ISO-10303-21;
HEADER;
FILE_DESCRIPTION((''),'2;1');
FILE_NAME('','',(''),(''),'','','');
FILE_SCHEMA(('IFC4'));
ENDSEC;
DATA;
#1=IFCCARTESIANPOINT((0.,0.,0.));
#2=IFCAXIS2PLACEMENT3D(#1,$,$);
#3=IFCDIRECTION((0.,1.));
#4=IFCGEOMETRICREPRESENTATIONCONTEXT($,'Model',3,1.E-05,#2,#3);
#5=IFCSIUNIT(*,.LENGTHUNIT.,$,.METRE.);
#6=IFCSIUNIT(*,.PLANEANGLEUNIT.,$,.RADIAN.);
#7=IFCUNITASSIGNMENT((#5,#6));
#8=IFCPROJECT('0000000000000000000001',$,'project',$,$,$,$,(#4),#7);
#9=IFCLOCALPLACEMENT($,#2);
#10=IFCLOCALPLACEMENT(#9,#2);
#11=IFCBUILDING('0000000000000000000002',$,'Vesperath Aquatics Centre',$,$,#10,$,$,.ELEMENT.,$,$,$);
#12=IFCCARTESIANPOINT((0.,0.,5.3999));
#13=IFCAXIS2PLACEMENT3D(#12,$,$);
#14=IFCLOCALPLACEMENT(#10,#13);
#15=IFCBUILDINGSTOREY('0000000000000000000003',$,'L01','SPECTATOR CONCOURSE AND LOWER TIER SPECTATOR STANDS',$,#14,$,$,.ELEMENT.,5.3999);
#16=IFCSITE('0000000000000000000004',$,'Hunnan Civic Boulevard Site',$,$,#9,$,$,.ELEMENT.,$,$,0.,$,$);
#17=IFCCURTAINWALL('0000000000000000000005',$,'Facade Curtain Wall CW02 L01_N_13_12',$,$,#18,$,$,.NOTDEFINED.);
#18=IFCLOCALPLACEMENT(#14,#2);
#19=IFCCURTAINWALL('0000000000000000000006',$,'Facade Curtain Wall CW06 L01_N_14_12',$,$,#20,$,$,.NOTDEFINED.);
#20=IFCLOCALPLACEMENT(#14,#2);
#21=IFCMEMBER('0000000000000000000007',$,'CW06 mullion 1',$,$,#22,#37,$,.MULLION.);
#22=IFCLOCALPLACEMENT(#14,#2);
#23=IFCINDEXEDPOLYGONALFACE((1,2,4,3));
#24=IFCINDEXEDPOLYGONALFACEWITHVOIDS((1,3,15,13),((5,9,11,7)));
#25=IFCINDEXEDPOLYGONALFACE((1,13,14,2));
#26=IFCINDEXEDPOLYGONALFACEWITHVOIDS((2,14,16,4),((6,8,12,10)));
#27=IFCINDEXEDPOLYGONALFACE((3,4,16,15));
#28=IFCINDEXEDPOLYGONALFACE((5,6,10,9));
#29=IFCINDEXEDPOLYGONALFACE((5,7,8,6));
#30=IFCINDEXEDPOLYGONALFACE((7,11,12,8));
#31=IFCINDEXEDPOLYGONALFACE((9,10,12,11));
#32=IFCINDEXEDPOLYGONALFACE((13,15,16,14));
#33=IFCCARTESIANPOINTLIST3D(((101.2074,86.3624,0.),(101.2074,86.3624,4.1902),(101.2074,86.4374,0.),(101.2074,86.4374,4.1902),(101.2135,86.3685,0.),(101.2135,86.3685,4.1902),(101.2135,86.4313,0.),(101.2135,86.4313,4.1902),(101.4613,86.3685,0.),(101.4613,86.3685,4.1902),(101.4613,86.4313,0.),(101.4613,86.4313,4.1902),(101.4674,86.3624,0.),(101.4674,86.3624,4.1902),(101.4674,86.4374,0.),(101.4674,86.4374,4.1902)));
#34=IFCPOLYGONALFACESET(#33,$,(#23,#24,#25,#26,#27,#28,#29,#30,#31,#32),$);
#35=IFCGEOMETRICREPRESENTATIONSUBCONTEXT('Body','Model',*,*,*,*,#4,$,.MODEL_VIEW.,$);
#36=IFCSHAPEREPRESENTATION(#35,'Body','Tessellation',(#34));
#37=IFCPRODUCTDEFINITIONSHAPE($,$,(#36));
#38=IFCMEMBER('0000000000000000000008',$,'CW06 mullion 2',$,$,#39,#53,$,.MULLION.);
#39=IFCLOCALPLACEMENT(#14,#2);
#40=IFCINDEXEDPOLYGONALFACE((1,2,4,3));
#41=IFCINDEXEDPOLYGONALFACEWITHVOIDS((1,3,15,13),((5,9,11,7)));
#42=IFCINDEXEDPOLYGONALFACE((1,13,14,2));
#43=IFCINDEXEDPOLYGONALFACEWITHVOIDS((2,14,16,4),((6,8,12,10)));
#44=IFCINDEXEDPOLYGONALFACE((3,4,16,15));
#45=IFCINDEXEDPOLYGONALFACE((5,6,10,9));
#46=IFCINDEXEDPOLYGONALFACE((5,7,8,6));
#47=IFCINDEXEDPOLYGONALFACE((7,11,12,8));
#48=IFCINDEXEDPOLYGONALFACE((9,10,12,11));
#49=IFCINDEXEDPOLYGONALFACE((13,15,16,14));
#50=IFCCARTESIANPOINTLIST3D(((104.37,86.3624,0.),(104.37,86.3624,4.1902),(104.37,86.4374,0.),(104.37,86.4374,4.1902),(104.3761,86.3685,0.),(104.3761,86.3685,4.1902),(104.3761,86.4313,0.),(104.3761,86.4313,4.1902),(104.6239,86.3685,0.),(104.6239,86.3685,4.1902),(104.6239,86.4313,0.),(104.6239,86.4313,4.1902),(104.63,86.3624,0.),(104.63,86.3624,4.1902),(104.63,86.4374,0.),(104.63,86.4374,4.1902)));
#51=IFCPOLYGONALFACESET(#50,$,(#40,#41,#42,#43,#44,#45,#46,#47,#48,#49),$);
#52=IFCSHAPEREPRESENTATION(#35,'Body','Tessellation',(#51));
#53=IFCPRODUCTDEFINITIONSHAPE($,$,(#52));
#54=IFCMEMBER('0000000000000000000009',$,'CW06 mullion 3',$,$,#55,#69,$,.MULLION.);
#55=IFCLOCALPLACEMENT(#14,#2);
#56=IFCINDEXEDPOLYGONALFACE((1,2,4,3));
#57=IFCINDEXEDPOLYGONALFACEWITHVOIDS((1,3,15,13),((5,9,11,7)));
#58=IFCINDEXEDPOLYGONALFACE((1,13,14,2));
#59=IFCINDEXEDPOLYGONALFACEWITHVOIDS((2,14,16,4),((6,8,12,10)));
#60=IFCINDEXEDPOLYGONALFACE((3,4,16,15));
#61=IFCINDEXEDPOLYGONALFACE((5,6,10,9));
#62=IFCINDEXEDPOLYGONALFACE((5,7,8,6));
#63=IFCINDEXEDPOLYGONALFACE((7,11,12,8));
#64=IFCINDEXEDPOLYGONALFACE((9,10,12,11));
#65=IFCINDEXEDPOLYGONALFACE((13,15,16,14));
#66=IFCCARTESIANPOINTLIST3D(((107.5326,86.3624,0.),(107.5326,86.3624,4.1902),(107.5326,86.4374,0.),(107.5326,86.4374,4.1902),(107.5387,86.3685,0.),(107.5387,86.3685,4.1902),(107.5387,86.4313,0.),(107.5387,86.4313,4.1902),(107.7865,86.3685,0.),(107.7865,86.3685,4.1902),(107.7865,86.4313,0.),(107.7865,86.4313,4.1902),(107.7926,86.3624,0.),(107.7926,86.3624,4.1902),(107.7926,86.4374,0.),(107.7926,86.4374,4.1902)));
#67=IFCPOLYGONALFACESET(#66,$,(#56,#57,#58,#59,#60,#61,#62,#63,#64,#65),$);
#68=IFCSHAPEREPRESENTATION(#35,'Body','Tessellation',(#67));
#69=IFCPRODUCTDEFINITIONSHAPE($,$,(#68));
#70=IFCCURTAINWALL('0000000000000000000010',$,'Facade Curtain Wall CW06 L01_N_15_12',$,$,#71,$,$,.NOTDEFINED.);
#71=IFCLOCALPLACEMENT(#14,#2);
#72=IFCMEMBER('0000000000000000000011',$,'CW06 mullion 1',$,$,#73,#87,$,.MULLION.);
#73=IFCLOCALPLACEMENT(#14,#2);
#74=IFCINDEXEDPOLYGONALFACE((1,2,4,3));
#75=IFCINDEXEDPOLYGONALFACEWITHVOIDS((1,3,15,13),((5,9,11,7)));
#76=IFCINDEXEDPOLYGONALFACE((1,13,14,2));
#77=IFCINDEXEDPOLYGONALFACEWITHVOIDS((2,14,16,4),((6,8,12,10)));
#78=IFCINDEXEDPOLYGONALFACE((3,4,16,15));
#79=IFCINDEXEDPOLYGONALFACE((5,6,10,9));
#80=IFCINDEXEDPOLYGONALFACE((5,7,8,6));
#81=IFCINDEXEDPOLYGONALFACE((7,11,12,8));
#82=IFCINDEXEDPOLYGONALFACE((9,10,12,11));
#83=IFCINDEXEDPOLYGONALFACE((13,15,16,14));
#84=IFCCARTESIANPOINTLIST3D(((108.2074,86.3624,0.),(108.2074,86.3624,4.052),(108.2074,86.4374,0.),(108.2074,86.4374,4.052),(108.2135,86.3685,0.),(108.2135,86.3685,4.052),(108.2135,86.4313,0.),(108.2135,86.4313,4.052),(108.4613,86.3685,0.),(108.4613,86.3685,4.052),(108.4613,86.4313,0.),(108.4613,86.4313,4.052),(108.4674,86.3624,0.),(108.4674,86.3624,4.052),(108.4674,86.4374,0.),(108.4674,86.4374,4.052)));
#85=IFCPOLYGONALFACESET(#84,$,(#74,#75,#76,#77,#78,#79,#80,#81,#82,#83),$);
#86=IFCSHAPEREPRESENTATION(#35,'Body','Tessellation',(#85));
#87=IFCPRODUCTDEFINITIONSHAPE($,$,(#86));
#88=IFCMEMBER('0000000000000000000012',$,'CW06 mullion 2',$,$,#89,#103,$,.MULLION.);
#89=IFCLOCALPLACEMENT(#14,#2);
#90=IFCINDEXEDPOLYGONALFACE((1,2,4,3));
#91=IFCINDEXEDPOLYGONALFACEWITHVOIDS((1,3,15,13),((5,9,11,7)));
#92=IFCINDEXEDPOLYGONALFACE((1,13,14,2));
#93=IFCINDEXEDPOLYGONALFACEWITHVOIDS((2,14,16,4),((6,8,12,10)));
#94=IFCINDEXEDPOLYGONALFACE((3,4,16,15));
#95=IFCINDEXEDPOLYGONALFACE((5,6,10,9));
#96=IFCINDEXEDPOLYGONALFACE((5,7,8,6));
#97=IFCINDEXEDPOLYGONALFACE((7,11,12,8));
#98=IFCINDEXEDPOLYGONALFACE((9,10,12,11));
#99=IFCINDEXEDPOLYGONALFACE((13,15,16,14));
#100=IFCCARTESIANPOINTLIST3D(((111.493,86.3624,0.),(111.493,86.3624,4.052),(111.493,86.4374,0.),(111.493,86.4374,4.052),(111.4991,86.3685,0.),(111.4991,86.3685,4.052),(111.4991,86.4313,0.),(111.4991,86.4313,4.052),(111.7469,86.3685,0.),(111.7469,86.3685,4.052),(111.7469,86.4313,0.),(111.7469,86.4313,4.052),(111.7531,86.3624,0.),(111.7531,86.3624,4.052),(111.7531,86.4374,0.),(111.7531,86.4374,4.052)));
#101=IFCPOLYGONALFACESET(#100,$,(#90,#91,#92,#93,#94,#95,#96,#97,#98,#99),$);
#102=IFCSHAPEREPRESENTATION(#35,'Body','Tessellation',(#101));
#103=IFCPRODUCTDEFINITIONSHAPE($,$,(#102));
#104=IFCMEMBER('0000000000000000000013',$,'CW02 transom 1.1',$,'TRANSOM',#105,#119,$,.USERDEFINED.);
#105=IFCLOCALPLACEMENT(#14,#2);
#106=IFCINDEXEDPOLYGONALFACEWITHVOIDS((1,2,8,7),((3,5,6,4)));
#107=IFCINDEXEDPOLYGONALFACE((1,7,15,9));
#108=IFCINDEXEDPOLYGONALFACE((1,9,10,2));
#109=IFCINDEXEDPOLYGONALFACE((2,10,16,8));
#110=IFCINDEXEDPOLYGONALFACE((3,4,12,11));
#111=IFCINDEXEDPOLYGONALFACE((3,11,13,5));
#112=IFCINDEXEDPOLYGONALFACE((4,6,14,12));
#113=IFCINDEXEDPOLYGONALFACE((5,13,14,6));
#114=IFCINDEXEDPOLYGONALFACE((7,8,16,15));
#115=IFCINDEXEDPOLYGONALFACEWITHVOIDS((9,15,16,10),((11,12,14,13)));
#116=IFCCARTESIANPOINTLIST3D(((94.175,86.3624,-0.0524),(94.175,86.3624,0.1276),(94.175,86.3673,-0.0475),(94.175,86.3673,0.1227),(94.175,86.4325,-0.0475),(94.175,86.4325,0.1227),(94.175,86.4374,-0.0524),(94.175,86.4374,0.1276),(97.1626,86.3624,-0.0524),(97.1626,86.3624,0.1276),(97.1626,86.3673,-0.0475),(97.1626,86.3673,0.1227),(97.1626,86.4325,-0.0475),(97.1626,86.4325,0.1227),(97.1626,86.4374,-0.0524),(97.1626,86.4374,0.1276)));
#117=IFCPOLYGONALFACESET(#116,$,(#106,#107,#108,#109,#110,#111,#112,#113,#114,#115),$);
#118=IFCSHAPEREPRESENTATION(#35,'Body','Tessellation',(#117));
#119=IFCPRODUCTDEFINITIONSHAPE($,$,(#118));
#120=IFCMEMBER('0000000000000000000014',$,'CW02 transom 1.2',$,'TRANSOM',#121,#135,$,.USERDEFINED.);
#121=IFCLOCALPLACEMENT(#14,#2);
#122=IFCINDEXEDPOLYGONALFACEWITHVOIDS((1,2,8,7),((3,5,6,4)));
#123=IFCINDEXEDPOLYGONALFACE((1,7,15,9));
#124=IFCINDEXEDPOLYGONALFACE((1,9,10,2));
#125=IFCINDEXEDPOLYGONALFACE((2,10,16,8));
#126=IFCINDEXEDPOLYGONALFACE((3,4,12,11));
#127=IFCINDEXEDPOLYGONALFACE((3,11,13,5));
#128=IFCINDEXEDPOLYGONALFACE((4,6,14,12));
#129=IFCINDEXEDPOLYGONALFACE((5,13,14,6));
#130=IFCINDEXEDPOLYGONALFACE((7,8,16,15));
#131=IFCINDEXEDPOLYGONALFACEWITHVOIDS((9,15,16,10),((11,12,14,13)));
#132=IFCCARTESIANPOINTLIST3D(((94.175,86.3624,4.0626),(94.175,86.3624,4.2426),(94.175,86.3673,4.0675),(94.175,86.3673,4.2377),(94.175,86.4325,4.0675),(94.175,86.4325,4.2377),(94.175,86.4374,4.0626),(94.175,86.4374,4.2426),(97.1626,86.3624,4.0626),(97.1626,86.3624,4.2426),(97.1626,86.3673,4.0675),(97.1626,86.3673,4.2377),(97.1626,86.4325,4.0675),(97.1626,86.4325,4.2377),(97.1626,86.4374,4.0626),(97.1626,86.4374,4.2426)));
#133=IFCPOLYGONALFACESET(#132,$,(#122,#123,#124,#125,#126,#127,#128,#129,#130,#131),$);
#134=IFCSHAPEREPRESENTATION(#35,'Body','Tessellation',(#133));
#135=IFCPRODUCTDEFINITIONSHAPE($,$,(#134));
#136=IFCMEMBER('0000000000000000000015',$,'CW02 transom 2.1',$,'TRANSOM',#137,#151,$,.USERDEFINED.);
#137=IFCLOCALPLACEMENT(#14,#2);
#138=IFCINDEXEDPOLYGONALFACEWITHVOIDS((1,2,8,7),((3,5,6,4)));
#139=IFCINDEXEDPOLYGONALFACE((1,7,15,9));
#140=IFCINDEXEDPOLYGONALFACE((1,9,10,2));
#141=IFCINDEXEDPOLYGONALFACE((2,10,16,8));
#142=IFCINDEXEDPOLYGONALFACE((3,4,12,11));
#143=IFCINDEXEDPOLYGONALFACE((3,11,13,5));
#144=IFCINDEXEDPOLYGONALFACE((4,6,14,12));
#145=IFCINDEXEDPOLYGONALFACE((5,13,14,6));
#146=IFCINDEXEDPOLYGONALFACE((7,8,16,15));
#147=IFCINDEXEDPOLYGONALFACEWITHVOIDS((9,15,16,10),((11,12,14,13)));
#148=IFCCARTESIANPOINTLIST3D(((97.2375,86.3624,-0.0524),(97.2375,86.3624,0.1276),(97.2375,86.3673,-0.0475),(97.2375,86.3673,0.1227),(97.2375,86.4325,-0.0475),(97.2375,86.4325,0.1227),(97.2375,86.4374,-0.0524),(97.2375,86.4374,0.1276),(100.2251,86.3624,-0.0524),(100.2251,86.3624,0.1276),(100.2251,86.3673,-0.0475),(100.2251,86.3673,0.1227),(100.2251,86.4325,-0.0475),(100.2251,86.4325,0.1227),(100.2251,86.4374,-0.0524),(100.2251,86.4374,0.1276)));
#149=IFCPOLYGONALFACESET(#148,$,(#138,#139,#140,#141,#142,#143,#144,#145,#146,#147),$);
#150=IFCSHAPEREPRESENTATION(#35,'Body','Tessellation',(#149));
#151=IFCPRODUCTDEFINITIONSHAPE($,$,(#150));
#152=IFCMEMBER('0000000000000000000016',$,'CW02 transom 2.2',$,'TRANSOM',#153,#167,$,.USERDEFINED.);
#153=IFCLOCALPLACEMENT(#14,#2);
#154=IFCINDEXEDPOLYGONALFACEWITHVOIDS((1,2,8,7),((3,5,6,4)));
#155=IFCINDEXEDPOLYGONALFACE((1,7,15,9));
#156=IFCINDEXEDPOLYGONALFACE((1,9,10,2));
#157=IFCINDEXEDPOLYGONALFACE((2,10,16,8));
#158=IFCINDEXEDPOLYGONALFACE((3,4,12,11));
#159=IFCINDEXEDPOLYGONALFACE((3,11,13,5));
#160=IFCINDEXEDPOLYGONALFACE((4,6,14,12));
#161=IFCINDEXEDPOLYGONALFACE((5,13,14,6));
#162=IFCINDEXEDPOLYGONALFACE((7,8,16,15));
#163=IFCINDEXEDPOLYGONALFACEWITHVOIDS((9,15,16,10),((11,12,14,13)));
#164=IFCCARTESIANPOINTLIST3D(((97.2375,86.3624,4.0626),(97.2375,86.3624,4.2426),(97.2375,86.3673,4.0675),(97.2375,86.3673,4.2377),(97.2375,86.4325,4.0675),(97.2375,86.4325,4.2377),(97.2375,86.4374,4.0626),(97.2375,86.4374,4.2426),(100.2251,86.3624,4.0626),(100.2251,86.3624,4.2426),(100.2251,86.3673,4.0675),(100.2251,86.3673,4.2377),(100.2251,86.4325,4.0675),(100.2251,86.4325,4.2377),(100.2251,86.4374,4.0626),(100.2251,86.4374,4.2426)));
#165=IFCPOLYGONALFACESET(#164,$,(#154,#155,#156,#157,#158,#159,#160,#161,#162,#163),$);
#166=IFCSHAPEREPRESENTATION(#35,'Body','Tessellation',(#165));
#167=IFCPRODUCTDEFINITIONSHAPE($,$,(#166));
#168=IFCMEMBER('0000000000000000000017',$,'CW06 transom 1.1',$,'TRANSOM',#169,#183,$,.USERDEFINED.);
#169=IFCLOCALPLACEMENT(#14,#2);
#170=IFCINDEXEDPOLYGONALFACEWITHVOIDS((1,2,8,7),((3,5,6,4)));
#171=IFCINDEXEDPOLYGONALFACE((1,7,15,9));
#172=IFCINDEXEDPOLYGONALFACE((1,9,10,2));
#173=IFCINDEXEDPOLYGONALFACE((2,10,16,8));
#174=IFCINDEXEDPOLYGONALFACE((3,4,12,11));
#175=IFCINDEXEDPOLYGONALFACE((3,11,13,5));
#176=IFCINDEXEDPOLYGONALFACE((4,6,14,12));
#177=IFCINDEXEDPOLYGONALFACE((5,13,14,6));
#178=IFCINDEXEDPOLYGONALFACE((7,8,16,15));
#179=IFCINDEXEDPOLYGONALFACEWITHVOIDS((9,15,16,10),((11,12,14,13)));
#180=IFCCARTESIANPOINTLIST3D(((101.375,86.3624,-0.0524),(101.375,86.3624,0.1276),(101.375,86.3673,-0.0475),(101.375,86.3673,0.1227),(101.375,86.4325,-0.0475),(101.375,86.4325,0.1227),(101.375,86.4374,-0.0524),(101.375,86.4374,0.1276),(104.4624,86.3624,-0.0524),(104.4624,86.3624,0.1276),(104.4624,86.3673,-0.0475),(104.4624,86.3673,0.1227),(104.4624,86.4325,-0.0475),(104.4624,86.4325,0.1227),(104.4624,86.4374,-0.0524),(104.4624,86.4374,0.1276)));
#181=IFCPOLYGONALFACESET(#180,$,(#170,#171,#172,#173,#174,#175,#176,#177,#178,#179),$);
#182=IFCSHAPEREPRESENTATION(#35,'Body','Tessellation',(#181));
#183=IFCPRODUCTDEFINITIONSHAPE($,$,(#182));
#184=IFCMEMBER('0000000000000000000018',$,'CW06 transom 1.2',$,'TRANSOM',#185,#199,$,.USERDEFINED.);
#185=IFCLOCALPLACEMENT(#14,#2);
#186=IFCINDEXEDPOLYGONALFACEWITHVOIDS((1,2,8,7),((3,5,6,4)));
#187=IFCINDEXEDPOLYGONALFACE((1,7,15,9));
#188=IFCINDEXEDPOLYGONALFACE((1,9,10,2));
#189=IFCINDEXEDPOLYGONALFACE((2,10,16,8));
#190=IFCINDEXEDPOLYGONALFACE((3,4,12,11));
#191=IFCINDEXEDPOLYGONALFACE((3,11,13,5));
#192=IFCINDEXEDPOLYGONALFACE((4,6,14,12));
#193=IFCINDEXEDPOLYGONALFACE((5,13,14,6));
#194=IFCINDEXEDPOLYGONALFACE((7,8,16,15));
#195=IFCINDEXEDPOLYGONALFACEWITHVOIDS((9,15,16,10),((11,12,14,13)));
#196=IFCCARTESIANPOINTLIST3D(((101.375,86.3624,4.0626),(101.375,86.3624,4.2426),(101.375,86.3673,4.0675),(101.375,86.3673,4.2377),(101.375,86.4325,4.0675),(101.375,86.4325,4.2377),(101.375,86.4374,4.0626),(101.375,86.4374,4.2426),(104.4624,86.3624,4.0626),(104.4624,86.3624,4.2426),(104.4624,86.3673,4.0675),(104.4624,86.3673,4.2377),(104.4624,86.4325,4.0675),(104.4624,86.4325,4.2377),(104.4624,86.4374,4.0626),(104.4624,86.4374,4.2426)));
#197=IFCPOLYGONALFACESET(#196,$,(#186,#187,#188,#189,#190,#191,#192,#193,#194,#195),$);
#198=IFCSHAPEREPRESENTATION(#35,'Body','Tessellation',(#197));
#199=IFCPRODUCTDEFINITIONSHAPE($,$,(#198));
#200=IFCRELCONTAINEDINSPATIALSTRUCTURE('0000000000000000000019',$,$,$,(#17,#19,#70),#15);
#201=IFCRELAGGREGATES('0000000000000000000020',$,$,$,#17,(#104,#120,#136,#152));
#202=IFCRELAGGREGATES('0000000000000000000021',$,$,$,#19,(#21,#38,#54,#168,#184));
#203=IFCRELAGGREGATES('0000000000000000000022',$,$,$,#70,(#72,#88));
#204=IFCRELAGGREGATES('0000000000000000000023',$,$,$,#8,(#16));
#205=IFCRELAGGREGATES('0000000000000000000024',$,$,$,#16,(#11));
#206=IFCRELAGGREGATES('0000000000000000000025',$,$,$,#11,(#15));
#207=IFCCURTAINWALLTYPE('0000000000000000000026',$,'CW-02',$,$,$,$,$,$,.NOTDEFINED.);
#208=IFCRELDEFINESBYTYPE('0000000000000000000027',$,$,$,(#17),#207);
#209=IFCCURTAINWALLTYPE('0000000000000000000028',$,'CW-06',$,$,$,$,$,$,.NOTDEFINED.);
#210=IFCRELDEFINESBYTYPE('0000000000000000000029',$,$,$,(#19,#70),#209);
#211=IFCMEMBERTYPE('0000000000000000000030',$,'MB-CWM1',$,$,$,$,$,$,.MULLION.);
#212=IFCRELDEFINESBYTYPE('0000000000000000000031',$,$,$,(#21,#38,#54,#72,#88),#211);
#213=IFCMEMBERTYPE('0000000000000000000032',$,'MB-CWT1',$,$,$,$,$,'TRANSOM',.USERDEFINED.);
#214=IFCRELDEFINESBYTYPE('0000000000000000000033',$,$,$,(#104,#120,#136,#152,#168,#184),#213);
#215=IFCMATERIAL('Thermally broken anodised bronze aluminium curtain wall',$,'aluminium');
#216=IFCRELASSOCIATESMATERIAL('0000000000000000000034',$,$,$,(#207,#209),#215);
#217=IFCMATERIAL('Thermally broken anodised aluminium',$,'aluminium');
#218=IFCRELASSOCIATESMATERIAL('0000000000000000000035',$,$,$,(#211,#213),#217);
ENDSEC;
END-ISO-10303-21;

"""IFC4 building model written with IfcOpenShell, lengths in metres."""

from ifc_helpers import new_model, si_unit, direction, frame, origin, origin_2d, place, context, subcontext, project, spatial, hollow_rectangle, extrude, material, material_profile, profile_set, type_object, element, aggregate, save


model = new_model("IFC4")

# Units and contexts
model_context = context("Model", 3, precision=1e-05, world=origin(), true_north=direction((0.0, 1.0)))
body_context = subcontext(model_context, "Body", "Model", "MODEL_VIEW")
ifc_project = project(units=[si_unit("LENGTHUNIT", "METRE"), si_unit("PLANEANGLEUNIT", "RADIAN")], contexts=[model_context])

# Site, building, storey
site_placement = place(None, origin())
site = spatial("IfcSite", under=ifc_project, at=site_placement, Name="Hunnan Civic Boulevard Site", CompositionType="ELEMENT", RefElevation=0.0)
building_placement = place(site_placement, origin())
building = spatial("IfcBuilding", under=site, at=building_placement, Name="Vesperath Aquatics Centre", CompositionType="ELEMENT")
storey_placement = place(building_placement, frame((0.0, 0.0, 5.3999)))
storey = spatial("IfcBuildingStorey", under=building, at=storey_placement, Name="L01", Description="SPECTATOR CONCOURSE AND LOWER TIER SPECTATOR STANDS", CompositionType="ELEMENT", Elevation=5.3999)

# Curtain walls, members
ifc_material_1 = material(Name="Thermally broken anodised bronze aluminium curtain wall", Category="aluminium")
curtain_wall_type_1 = type_object("IfcCurtainWallType", Name="CW-02", PredefinedType="NOTDEFINED", material=ifc_material_1)
curtain_wall_1_placement = place(storey_placement, origin())
curtain_wall_1 = element("IfcCurtainWall", 1, at=curtain_wall_1_placement, inside=storey, type_object=curtain_wall_type_1, Name="Facade Curtain Wall CW02 L01_N_13_12", PredefinedType="NOTDEFINED")
ifc_material_2 = material(Name="Thermally broken anodised aluminium", Category="aluminium")
ifc_material_profile_1 = material_profile(ifc_material_2, hollow_rectangle(XDim=0.075, YDim=0.26, WallThickness=0.0061, at=origin_2d()), Name="CWM 75x260x6")
ifc_profile_set_1 = profile_set([ifc_material_profile_1], Name="Thermally broken anodised aluminium")
member_type_1 = type_object("IfcMemberType", Name="MB-CWM1", PredefinedType="MULLION", material=ifc_profile_set_1)
curtain_wall_type_2 = type_object("IfcCurtainWallType", Name="CW-06", PredefinedType="NOTDEFINED", material=ifc_material_1)
curtain_wall_2_placement = place(storey_placement, origin())
curtain_wall_2 = element("IfcCurtainWall", 2, at=curtain_wall_2_placement, inside=storey, type_object=curtain_wall_type_2, Name="Facade Curtain Wall CW06 L01_N_14_12", PredefinedType="NOTDEFINED")
member_1_placement = place(storey_placement, frame((101.3374, 86.3999, 0.0), z_axis=(0.0, 0.0, 1.0), x_axis=(0.0, 1.0, 0.0)))
member_1 = element("IfcMember", 3, at=member_1_placement, type_object=member_type_1, Name="CW06 mullion 1", PredefinedType="MULLION", context=body_context, shape_type="SweptSolid", body=[
    extrude(hollow_rectangle(XDim=0.075, YDim=0.26, WallThickness=0.0061, at=origin_2d()), origin(), (0.0, 0.0, 1.0), 4.1902),
])
member_2_placement = place(storey_placement, frame((104.5, 86.3999, 0.0), z_axis=(0.0, 0.0, 1.0), x_axis=(0.0, 1.0, 0.0)))
member_2 = element("IfcMember", 4, at=member_2_placement, type_object=member_type_1, Name="CW06 mullion 2", PredefinedType="MULLION", context=body_context, shape_type="SweptSolid", body=[
    extrude(hollow_rectangle(XDim=0.075, YDim=0.26, WallThickness=0.0061, at=origin_2d()), origin(), (0.0, 0.0, 1.0), 4.1902),
])
member_3_placement = place(storey_placement, frame((107.6626, 86.3999, 0.0), z_axis=(0.0, 0.0, 1.0), x_axis=(0.0, 1.0, 0.0)))
member_3 = element("IfcMember", 5, at=member_3_placement, type_object=member_type_1, Name="CW06 mullion 3", PredefinedType="MULLION", context=body_context, shape_type="SweptSolid", body=[
    extrude(hollow_rectangle(XDim=0.075, YDim=0.26, WallThickness=0.0061, at=origin_2d()), origin(), (0.0, 0.0, 1.0), 4.1902),
])
curtain_wall_3_placement = place(storey_placement, origin())
curtain_wall_3 = element("IfcCurtainWall", 6, at=curtain_wall_3_placement, inside=storey, type_object=curtain_wall_type_2, Name="Facade Curtain Wall CW06 L01_N_15_12", PredefinedType="NOTDEFINED")
member_4_placement = place(storey_placement, frame((108.3374, 86.3999, 0.0), z_axis=(0.0, 0.0, 1.0), x_axis=(0.0, 1.0, 0.0)))
member_4 = element("IfcMember", 7, at=member_4_placement, type_object=member_type_1, Name="CW06 mullion 1", PredefinedType="MULLION", context=body_context, shape_type="SweptSolid", body=[
    extrude(hollow_rectangle(XDim=0.075, YDim=0.26, WallThickness=0.0061, at=origin_2d()), origin(), (0.0, 0.0, 1.0), 4.052),
])
member_5_placement = place(storey_placement, frame((111.623, 86.3999, 0.0), z_axis=(0.0, 0.0, 1.0), x_axis=(0.0, 1.0, 0.0)))
member_5 = element("IfcMember", 8, at=member_5_placement, type_object=member_type_1, Name="CW06 mullion 2", PredefinedType="MULLION", context=body_context, shape_type="SweptSolid", body=[
    extrude(hollow_rectangle(XDim=0.075, YDim=0.26, WallThickness=0.0061, at=origin_2d()), origin(), (0.0, 0.0, 1.0), 4.052),
])

# Members
ifc_material_profile_2 = material_profile(ifc_material_2, hollow_rectangle(XDim=0.075, YDim=0.1799, WallThickness=0.0049, at=origin_2d()), Name="CWT 75x180x5")
ifc_profile_set_2 = profile_set([ifc_material_profile_2], Name="Thermally broken anodised aluminium")
member_type_2 = type_object("IfcMemberType", Name="MB-CWT1", ElementType="TRANSOM", PredefinedType="USERDEFINED", material=ifc_profile_set_2)
member_6_placement = place(storey_placement, frame((94.175, 86.3999, 0.0376), z_axis=(1.0, 0.0, 0.0), x_axis=(0.0, 1.0, 0.0)))
member_6 = element("IfcMember", 9, at=member_6_placement, type_object=member_type_2, Name="CW02 transom 1.1", ObjectType="TRANSOM", PredefinedType="USERDEFINED", context=body_context, shape_type="SweptSolid", body=[
    extrude(hollow_rectangle(XDim=0.075, YDim=0.1799, WallThickness=0.0049, at=origin_2d()), origin(), (0.0, 0.0, 1.0), 2.9875),
])
member_7_placement = place(storey_placement, frame((94.175, 86.3999, 4.1526), z_axis=(1.0, 0.0, 0.0), x_axis=(0.0, 1.0, 0.0)))
member_7 = element("IfcMember", 10, at=member_7_placement, type_object=member_type_2, Name="CW02 transom 1.2", ObjectType="TRANSOM", PredefinedType="USERDEFINED", context=body_context, shape_type="SweptSolid", body=[
    extrude(hollow_rectangle(XDim=0.075, YDim=0.1799, WallThickness=0.0049, at=origin_2d()), origin(), (0.0, 0.0, 1.0), 2.9875),
])
member_8_placement = place(storey_placement, frame((97.2375, 86.3999, 0.0376), z_axis=(1.0, 0.0, 0.0), x_axis=(0.0, 1.0, 0.0)))
member_8 = element("IfcMember", 11, at=member_8_placement, type_object=member_type_2, Name="CW02 transom 2.1", ObjectType="TRANSOM", PredefinedType="USERDEFINED", context=body_context, shape_type="SweptSolid", body=[
    extrude(hollow_rectangle(XDim=0.075, YDim=0.1799, WallThickness=0.0049, at=origin_2d()), origin(), (0.0, 0.0, 1.0), 2.9875),
])
member_9_placement = place(storey_placement, frame((97.2375, 86.3999, 4.1526), z_axis=(1.0, 0.0, 0.0), x_axis=(0.0, 1.0, 0.0)))
member_9 = element("IfcMember", 12, at=member_9_placement, type_object=member_type_2, Name="CW02 transom 2.2", ObjectType="TRANSOM", PredefinedType="USERDEFINED", context=body_context, shape_type="SweptSolid", body=[
    extrude(hollow_rectangle(XDim=0.075, YDim=0.1799, WallThickness=0.0049, at=origin_2d()), origin(), (0.0, 0.0, 1.0), 2.9875),
])
member_10_placement = place(storey_placement, frame((101.375, 86.3999, 0.0376), z_axis=(1.0, 0.0, 0.0), x_axis=(0.0, 1.0, 0.0)))
member_10 = element("IfcMember", 13, at=member_10_placement, type_object=member_type_2, Name="CW06 transom 1.1", ObjectType="TRANSOM", PredefinedType="USERDEFINED", context=body_context, shape_type="SweptSolid", body=[
    extrude(hollow_rectangle(XDim=0.075, YDim=0.1799, WallThickness=0.0049, at=origin_2d()), origin(), (0.0, 0.0, 1.0), 3.0874),
])
member_11_placement = place(storey_placement, frame((101.375, 86.3999, 4.1526), z_axis=(1.0, 0.0, 0.0), x_axis=(0.0, 1.0, 0.0)))
member_11 = element("IfcMember", 14, at=member_11_placement, type_object=member_type_2, Name="CW06 transom 1.2", ObjectType="TRANSOM", PredefinedType="USERDEFINED", context=body_context, shape_type="SweptSolid", body=[
    extrude(hollow_rectangle(XDim=0.075, YDim=0.1799, WallThickness=0.0049, at=origin_2d()), origin(), (0.0, 0.0, 1.0), 3.0874),
])

aggregate(curtain_wall_1, [member_6, member_7, member_8, member_9])
aggregate(curtain_wall_2, [member_1, member_2, member_3, member_10, member_11])
aggregate(curtain_wall_3, [member_4, member_5])

save(model, "model.ifc")
